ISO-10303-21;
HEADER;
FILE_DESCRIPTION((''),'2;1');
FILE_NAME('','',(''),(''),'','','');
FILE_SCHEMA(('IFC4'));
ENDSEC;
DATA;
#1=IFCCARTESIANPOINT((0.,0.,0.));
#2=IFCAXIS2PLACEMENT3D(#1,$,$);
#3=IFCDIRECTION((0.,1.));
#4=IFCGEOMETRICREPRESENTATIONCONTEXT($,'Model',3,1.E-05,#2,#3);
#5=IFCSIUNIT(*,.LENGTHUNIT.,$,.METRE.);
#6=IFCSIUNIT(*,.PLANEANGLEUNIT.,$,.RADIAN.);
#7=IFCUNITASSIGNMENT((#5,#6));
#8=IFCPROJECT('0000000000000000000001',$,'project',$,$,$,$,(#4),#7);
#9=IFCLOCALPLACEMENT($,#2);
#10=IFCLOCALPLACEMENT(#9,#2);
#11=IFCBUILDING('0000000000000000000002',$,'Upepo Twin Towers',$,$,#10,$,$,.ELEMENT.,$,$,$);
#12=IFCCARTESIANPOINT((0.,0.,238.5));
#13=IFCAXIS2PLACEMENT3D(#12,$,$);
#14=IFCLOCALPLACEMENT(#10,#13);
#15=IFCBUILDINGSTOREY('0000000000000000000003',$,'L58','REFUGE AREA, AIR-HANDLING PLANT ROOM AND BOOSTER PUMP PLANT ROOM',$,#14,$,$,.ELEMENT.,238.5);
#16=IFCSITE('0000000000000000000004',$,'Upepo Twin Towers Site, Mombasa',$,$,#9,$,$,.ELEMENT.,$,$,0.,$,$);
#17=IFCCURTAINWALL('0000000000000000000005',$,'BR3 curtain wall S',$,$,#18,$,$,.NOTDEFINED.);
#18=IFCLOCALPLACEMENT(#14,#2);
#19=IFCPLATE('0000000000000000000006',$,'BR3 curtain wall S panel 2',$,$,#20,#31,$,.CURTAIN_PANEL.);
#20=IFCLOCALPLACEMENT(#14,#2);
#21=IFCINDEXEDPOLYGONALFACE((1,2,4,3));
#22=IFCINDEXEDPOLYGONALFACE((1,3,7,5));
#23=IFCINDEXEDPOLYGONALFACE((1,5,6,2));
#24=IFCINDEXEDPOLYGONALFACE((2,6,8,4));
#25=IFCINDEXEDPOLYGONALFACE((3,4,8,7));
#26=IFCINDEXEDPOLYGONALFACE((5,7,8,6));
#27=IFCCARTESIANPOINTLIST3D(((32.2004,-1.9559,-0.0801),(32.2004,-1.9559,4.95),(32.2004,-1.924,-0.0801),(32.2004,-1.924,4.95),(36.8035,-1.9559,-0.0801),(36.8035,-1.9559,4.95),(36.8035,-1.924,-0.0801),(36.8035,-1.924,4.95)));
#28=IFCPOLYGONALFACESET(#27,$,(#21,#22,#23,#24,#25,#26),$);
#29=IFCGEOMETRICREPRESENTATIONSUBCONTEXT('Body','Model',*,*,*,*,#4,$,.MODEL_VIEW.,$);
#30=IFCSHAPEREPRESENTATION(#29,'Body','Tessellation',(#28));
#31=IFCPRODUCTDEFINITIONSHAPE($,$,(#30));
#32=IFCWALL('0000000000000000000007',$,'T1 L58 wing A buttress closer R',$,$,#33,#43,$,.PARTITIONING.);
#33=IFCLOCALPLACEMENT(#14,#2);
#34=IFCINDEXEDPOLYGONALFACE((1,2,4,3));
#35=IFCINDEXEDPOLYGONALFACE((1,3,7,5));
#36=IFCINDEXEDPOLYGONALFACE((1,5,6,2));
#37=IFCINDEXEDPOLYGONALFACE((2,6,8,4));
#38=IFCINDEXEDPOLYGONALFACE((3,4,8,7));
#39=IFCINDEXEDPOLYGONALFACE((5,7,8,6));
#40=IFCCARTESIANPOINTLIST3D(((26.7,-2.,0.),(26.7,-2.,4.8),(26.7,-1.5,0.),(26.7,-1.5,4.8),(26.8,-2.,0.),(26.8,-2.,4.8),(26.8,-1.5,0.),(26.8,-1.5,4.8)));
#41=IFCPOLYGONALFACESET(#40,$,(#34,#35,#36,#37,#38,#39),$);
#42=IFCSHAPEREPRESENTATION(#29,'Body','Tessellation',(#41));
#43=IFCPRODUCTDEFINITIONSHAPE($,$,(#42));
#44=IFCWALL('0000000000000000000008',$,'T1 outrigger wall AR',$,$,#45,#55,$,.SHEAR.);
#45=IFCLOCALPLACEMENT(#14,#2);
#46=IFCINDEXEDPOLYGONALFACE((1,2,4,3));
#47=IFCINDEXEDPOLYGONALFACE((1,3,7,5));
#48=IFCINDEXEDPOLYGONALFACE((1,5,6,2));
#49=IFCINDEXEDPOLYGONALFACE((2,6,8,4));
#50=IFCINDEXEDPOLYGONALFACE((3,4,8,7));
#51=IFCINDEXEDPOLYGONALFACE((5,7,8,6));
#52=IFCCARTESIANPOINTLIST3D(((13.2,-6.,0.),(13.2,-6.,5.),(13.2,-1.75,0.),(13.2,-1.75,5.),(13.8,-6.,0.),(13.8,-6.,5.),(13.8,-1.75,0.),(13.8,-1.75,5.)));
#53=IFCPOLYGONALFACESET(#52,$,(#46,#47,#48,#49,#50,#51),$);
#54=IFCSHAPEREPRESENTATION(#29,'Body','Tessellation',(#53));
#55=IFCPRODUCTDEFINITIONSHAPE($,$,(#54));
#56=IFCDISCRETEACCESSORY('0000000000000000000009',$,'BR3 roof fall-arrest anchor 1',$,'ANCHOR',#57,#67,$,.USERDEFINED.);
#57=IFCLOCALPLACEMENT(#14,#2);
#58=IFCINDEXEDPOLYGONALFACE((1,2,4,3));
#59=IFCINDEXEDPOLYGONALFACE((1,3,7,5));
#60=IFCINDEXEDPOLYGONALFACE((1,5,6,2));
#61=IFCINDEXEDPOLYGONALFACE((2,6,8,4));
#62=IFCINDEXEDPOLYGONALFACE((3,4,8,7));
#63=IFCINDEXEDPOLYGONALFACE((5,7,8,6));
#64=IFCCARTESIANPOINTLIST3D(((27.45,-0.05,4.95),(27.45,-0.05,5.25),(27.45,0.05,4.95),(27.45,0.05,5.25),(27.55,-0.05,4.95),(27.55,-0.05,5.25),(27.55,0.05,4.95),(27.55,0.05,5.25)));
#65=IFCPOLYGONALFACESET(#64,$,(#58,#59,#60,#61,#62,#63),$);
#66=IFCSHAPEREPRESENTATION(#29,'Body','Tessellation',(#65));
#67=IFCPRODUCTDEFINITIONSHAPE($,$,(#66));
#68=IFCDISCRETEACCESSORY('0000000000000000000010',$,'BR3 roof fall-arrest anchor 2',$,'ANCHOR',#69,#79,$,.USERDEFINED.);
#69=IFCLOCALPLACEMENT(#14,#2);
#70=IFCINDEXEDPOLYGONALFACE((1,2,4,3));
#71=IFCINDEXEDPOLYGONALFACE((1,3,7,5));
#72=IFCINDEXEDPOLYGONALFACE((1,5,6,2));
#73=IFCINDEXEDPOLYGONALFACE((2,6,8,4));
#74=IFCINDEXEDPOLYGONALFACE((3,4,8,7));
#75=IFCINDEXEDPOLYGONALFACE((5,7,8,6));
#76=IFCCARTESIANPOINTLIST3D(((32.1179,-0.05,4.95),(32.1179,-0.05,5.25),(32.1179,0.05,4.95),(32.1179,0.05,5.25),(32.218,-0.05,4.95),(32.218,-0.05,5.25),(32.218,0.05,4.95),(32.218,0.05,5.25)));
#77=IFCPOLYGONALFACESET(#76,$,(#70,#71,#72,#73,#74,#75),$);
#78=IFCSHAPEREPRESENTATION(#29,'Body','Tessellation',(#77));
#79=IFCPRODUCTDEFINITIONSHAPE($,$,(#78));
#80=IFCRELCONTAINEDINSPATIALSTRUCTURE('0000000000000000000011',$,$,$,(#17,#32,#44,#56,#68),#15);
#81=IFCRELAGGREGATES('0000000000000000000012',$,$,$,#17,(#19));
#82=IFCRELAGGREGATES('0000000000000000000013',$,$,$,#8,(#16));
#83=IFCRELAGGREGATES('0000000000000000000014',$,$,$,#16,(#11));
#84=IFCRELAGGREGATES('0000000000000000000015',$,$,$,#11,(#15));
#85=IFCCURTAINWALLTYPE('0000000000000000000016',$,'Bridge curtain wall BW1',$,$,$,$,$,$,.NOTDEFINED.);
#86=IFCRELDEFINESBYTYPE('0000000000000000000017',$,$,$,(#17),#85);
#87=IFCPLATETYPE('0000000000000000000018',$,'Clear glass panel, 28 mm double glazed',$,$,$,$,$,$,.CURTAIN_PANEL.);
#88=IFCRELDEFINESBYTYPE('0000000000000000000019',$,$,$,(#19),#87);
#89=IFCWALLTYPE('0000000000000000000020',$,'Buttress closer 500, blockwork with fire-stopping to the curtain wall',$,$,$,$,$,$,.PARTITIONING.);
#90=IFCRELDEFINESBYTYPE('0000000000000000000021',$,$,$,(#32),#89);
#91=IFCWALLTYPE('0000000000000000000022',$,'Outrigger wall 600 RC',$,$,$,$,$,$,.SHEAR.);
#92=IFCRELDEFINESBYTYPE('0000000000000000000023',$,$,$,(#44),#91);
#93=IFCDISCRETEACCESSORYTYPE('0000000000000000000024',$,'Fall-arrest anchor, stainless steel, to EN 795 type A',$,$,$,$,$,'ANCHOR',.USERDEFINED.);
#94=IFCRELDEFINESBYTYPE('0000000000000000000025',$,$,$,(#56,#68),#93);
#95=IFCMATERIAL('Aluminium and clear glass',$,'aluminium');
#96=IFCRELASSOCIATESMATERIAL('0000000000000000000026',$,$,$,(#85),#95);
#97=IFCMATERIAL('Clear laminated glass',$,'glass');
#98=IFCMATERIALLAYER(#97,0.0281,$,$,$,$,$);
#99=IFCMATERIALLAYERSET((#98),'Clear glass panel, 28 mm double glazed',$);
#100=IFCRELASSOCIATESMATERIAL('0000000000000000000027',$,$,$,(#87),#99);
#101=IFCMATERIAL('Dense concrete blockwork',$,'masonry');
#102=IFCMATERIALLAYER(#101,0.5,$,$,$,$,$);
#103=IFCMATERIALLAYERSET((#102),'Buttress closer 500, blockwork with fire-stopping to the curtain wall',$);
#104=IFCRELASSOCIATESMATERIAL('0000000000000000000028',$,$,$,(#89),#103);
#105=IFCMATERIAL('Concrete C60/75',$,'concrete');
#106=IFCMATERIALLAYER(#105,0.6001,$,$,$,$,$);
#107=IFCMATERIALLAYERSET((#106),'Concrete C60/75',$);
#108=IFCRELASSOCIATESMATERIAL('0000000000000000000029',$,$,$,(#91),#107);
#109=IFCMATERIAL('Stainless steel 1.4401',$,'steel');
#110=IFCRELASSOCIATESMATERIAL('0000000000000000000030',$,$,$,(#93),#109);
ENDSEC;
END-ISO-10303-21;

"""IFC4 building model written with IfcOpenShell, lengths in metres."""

from ifc_helpers import new_model, si_unit, direction, frame, frame_2d, origin, origin_2d, place, context, subcontext, project, spatial, rectangle, extrude, material, layer, layer_set, material_profile, profile_set, type_object, element, aggregate, save


model = new_model("IFC4")

# Units and contexts
model_context = context("Model", 3, precision=1e-05, world=origin(), true_north=direction((0.0, 1.0)))
body_context = subcontext(model_context, "Body", "Model", "MODEL_VIEW")
ifc_project = project(units=[si_unit("LENGTHUNIT", "METRE"), si_unit("PLANEANGLEUNIT", "RADIAN")], contexts=[model_context])

# Site, building, storey
site_placement = place(None, origin())
site = spatial("IfcSite", under=ifc_project, at=site_placement, Name="Upepo Twin Towers Site, Mombasa", CompositionType="ELEMENT", RefElevation=0.0)
building_placement = place(site_placement, origin())
building = spatial("IfcBuilding", under=site, at=building_placement, Name="Upepo Twin Towers", CompositionType="ELEMENT")
storey_placement = place(building_placement, frame((0.0, 0.0, 238.5)))
storey = spatial("IfcBuildingStorey", under=building, at=storey_placement, Name="L58", Description="REFUGE AREA, AIR-HANDLING PLANT ROOM AND BOOSTER PUMP PLANT ROOM", CompositionType="ELEMENT", Elevation=238.5)

# Curtain wall, plate
ifc_material_1 = material(Name="Aluminium and clear glass", Category="aluminium")
curtain_wall_type = type_object("IfcCurtainWallType", Name="Bridge curtain wall BW1", PredefinedType="NOTDEFINED", material=ifc_material_1)
curtain_wall_placement = place(storey_placement, origin())
curtain_wall = element("IfcCurtainWall", 1, at=curtain_wall_placement, inside=storey, type_object=curtain_wall_type, Name="BR3 curtain wall S", PredefinedType="NOTDEFINED")
ifc_material_2 = material(Name="Clear laminated glass", Category="glass")
ifc_layer_1 = layer(ifc_material_2, 0.0281)
ifc_layer_set_1 = layer_set([ifc_layer_1], Name="Clear glass panel, 28 mm double glazed")
plate_type = type_object("IfcPlateType", Name="Clear glass panel, 28 mm double glazed", PredefinedType="CURTAIN_PANEL", material=ifc_layer_set_1)
plate_1_placement = place(storey_placement, frame((34.502, -1.9399, -0.0801), z_axis=(0.0, 0.0, 1.0), x_axis=(1.0, 0.0, 0.0)))
plate_1 = element("IfcPlate", 2, at=plate_1_placement, type_object=plate_type, Name="BR3 curtain wall S panel 2", PredefinedType="CURTAIN_PANEL", context=body_context, shape_type="SweptSolid", body=[
    extrude(rectangle(XDim=4.603, YDim=0.032, at=origin_2d()), origin(), (0.0, 0.0, 1.0), 5.03),
])
aggregate(curtain_wall, [plate_1])

# Walls
ifc_material_3 = material(Name="Dense concrete blockwork", Category="masonry")
ifc_layer_2 = layer(ifc_material_3, 0.5)
ifc_layer_set_2 = layer_set([ifc_layer_2], Name="Buttress closer 500, blockwork with fire-stopping to the curtain wall")
wall_type_1 = type_object("IfcWallType", Name="Buttress closer 500, blockwork with fire-stopping to the curtain wall", PredefinedType="PARTITIONING", material=ifc_layer_set_2)
wall_1_placement = place(storey_placement, frame((26.7, -1.75, 0.0), z_axis=(0.0, 0.0, 1.0), x_axis=(1.0, 0.0, 0.0)))
element("IfcWall", 3, at=wall_1_placement, inside=storey, type_object=wall_type_1, Name="T1 L58 wing A buttress closer R", PredefinedType="PARTITIONING", context=body_context, shape_type="SweptSolid", body=[
    extrude(rectangle(XDim=0.1001, YDim=0.5, at=frame_2d((0.05, 0.0))), origin(), (0.0, 0.0, 1.0), 4.8),
])
ifc_material_4 = material(Name="Concrete C60/75", Category="concrete")
ifc_layer_3 = layer(ifc_material_4, 0.6001)
ifc_layer_set_3 = layer_set([ifc_layer_3], Name="Concrete C60/75")
wall_type_2 = type_object("IfcWallType", Name="Outrigger wall 600 RC", PredefinedType="SHEAR", material=ifc_layer_set_3)
wall_2_placement = place(storey_placement, frame((13.5, -1.75, 0.0), z_axis=(0.0, 0.0, 1.0), x_axis=(0.0, -1.0, 0.0)))
element("IfcWall", 4, at=wall_2_placement, inside=storey, type_object=wall_type_2, Name="T1 outrigger wall AR", PredefinedType="SHEAR", context=body_context, shape_type="SweptSolid", body=[
    extrude(rectangle(XDim=4.25, YDim=0.6001, at=frame_2d((2.125, 0.0))), origin(), (0.0, 0.0, 1.0), 5.0),
])

# Discrete accessories
ifc_material_5 = material(Name="Stainless steel 1.4401", Category="steel")
ifc_material_profile_1 = material_profile(ifc_material_5, rectangle(XDim=0.1001, YDim=0.1001, at=origin_2d()), Name="ANCHOR POST 100x100")
ifc_profile_set_1 = profile_set([ifc_material_profile_1], Name="Stainless steel 1.4401")
discrete_accessory_type = type_object("IfcDiscreteAccessoryType", Name="Fall-arrest anchor, stainless steel, to EN 795 type A", ElementType="ANCHOR", PredefinedType="USERDEFINED", material=ifc_profile_set_1)
for number, where, z_axis, x_axis, name in (
    (5, (27.5, 0.0, 4.95), (0.0, 0.0, 1.0), (1.0, 0.0, 0.0), "BR3 roof fall-arrest anchor 1"),
    (6, (32.168, 0.0, 4.95), (0.0, 0.0, 1.0), (1.0, 0.0, 0.0), "BR3 roof fall-arrest anchor 2"),
):
    element("IfcDiscreteAccessory", number, at=place(storey_placement, frame(where, z_axis=z_axis, x_axis=x_axis)), inside=storey, type_object=discrete_accessory_type, Name=name, ObjectType="ANCHOR", PredefinedType="USERDEFINED", context=body_context, shape_type="SweptSolid", body=[
        extrude(rectangle(XDim=0.1001, YDim=0.1001, at=origin_2d()), origin(), (0.0, 0.0, 1.0), 0.3),
    ])

save(model, "model.ifc")
